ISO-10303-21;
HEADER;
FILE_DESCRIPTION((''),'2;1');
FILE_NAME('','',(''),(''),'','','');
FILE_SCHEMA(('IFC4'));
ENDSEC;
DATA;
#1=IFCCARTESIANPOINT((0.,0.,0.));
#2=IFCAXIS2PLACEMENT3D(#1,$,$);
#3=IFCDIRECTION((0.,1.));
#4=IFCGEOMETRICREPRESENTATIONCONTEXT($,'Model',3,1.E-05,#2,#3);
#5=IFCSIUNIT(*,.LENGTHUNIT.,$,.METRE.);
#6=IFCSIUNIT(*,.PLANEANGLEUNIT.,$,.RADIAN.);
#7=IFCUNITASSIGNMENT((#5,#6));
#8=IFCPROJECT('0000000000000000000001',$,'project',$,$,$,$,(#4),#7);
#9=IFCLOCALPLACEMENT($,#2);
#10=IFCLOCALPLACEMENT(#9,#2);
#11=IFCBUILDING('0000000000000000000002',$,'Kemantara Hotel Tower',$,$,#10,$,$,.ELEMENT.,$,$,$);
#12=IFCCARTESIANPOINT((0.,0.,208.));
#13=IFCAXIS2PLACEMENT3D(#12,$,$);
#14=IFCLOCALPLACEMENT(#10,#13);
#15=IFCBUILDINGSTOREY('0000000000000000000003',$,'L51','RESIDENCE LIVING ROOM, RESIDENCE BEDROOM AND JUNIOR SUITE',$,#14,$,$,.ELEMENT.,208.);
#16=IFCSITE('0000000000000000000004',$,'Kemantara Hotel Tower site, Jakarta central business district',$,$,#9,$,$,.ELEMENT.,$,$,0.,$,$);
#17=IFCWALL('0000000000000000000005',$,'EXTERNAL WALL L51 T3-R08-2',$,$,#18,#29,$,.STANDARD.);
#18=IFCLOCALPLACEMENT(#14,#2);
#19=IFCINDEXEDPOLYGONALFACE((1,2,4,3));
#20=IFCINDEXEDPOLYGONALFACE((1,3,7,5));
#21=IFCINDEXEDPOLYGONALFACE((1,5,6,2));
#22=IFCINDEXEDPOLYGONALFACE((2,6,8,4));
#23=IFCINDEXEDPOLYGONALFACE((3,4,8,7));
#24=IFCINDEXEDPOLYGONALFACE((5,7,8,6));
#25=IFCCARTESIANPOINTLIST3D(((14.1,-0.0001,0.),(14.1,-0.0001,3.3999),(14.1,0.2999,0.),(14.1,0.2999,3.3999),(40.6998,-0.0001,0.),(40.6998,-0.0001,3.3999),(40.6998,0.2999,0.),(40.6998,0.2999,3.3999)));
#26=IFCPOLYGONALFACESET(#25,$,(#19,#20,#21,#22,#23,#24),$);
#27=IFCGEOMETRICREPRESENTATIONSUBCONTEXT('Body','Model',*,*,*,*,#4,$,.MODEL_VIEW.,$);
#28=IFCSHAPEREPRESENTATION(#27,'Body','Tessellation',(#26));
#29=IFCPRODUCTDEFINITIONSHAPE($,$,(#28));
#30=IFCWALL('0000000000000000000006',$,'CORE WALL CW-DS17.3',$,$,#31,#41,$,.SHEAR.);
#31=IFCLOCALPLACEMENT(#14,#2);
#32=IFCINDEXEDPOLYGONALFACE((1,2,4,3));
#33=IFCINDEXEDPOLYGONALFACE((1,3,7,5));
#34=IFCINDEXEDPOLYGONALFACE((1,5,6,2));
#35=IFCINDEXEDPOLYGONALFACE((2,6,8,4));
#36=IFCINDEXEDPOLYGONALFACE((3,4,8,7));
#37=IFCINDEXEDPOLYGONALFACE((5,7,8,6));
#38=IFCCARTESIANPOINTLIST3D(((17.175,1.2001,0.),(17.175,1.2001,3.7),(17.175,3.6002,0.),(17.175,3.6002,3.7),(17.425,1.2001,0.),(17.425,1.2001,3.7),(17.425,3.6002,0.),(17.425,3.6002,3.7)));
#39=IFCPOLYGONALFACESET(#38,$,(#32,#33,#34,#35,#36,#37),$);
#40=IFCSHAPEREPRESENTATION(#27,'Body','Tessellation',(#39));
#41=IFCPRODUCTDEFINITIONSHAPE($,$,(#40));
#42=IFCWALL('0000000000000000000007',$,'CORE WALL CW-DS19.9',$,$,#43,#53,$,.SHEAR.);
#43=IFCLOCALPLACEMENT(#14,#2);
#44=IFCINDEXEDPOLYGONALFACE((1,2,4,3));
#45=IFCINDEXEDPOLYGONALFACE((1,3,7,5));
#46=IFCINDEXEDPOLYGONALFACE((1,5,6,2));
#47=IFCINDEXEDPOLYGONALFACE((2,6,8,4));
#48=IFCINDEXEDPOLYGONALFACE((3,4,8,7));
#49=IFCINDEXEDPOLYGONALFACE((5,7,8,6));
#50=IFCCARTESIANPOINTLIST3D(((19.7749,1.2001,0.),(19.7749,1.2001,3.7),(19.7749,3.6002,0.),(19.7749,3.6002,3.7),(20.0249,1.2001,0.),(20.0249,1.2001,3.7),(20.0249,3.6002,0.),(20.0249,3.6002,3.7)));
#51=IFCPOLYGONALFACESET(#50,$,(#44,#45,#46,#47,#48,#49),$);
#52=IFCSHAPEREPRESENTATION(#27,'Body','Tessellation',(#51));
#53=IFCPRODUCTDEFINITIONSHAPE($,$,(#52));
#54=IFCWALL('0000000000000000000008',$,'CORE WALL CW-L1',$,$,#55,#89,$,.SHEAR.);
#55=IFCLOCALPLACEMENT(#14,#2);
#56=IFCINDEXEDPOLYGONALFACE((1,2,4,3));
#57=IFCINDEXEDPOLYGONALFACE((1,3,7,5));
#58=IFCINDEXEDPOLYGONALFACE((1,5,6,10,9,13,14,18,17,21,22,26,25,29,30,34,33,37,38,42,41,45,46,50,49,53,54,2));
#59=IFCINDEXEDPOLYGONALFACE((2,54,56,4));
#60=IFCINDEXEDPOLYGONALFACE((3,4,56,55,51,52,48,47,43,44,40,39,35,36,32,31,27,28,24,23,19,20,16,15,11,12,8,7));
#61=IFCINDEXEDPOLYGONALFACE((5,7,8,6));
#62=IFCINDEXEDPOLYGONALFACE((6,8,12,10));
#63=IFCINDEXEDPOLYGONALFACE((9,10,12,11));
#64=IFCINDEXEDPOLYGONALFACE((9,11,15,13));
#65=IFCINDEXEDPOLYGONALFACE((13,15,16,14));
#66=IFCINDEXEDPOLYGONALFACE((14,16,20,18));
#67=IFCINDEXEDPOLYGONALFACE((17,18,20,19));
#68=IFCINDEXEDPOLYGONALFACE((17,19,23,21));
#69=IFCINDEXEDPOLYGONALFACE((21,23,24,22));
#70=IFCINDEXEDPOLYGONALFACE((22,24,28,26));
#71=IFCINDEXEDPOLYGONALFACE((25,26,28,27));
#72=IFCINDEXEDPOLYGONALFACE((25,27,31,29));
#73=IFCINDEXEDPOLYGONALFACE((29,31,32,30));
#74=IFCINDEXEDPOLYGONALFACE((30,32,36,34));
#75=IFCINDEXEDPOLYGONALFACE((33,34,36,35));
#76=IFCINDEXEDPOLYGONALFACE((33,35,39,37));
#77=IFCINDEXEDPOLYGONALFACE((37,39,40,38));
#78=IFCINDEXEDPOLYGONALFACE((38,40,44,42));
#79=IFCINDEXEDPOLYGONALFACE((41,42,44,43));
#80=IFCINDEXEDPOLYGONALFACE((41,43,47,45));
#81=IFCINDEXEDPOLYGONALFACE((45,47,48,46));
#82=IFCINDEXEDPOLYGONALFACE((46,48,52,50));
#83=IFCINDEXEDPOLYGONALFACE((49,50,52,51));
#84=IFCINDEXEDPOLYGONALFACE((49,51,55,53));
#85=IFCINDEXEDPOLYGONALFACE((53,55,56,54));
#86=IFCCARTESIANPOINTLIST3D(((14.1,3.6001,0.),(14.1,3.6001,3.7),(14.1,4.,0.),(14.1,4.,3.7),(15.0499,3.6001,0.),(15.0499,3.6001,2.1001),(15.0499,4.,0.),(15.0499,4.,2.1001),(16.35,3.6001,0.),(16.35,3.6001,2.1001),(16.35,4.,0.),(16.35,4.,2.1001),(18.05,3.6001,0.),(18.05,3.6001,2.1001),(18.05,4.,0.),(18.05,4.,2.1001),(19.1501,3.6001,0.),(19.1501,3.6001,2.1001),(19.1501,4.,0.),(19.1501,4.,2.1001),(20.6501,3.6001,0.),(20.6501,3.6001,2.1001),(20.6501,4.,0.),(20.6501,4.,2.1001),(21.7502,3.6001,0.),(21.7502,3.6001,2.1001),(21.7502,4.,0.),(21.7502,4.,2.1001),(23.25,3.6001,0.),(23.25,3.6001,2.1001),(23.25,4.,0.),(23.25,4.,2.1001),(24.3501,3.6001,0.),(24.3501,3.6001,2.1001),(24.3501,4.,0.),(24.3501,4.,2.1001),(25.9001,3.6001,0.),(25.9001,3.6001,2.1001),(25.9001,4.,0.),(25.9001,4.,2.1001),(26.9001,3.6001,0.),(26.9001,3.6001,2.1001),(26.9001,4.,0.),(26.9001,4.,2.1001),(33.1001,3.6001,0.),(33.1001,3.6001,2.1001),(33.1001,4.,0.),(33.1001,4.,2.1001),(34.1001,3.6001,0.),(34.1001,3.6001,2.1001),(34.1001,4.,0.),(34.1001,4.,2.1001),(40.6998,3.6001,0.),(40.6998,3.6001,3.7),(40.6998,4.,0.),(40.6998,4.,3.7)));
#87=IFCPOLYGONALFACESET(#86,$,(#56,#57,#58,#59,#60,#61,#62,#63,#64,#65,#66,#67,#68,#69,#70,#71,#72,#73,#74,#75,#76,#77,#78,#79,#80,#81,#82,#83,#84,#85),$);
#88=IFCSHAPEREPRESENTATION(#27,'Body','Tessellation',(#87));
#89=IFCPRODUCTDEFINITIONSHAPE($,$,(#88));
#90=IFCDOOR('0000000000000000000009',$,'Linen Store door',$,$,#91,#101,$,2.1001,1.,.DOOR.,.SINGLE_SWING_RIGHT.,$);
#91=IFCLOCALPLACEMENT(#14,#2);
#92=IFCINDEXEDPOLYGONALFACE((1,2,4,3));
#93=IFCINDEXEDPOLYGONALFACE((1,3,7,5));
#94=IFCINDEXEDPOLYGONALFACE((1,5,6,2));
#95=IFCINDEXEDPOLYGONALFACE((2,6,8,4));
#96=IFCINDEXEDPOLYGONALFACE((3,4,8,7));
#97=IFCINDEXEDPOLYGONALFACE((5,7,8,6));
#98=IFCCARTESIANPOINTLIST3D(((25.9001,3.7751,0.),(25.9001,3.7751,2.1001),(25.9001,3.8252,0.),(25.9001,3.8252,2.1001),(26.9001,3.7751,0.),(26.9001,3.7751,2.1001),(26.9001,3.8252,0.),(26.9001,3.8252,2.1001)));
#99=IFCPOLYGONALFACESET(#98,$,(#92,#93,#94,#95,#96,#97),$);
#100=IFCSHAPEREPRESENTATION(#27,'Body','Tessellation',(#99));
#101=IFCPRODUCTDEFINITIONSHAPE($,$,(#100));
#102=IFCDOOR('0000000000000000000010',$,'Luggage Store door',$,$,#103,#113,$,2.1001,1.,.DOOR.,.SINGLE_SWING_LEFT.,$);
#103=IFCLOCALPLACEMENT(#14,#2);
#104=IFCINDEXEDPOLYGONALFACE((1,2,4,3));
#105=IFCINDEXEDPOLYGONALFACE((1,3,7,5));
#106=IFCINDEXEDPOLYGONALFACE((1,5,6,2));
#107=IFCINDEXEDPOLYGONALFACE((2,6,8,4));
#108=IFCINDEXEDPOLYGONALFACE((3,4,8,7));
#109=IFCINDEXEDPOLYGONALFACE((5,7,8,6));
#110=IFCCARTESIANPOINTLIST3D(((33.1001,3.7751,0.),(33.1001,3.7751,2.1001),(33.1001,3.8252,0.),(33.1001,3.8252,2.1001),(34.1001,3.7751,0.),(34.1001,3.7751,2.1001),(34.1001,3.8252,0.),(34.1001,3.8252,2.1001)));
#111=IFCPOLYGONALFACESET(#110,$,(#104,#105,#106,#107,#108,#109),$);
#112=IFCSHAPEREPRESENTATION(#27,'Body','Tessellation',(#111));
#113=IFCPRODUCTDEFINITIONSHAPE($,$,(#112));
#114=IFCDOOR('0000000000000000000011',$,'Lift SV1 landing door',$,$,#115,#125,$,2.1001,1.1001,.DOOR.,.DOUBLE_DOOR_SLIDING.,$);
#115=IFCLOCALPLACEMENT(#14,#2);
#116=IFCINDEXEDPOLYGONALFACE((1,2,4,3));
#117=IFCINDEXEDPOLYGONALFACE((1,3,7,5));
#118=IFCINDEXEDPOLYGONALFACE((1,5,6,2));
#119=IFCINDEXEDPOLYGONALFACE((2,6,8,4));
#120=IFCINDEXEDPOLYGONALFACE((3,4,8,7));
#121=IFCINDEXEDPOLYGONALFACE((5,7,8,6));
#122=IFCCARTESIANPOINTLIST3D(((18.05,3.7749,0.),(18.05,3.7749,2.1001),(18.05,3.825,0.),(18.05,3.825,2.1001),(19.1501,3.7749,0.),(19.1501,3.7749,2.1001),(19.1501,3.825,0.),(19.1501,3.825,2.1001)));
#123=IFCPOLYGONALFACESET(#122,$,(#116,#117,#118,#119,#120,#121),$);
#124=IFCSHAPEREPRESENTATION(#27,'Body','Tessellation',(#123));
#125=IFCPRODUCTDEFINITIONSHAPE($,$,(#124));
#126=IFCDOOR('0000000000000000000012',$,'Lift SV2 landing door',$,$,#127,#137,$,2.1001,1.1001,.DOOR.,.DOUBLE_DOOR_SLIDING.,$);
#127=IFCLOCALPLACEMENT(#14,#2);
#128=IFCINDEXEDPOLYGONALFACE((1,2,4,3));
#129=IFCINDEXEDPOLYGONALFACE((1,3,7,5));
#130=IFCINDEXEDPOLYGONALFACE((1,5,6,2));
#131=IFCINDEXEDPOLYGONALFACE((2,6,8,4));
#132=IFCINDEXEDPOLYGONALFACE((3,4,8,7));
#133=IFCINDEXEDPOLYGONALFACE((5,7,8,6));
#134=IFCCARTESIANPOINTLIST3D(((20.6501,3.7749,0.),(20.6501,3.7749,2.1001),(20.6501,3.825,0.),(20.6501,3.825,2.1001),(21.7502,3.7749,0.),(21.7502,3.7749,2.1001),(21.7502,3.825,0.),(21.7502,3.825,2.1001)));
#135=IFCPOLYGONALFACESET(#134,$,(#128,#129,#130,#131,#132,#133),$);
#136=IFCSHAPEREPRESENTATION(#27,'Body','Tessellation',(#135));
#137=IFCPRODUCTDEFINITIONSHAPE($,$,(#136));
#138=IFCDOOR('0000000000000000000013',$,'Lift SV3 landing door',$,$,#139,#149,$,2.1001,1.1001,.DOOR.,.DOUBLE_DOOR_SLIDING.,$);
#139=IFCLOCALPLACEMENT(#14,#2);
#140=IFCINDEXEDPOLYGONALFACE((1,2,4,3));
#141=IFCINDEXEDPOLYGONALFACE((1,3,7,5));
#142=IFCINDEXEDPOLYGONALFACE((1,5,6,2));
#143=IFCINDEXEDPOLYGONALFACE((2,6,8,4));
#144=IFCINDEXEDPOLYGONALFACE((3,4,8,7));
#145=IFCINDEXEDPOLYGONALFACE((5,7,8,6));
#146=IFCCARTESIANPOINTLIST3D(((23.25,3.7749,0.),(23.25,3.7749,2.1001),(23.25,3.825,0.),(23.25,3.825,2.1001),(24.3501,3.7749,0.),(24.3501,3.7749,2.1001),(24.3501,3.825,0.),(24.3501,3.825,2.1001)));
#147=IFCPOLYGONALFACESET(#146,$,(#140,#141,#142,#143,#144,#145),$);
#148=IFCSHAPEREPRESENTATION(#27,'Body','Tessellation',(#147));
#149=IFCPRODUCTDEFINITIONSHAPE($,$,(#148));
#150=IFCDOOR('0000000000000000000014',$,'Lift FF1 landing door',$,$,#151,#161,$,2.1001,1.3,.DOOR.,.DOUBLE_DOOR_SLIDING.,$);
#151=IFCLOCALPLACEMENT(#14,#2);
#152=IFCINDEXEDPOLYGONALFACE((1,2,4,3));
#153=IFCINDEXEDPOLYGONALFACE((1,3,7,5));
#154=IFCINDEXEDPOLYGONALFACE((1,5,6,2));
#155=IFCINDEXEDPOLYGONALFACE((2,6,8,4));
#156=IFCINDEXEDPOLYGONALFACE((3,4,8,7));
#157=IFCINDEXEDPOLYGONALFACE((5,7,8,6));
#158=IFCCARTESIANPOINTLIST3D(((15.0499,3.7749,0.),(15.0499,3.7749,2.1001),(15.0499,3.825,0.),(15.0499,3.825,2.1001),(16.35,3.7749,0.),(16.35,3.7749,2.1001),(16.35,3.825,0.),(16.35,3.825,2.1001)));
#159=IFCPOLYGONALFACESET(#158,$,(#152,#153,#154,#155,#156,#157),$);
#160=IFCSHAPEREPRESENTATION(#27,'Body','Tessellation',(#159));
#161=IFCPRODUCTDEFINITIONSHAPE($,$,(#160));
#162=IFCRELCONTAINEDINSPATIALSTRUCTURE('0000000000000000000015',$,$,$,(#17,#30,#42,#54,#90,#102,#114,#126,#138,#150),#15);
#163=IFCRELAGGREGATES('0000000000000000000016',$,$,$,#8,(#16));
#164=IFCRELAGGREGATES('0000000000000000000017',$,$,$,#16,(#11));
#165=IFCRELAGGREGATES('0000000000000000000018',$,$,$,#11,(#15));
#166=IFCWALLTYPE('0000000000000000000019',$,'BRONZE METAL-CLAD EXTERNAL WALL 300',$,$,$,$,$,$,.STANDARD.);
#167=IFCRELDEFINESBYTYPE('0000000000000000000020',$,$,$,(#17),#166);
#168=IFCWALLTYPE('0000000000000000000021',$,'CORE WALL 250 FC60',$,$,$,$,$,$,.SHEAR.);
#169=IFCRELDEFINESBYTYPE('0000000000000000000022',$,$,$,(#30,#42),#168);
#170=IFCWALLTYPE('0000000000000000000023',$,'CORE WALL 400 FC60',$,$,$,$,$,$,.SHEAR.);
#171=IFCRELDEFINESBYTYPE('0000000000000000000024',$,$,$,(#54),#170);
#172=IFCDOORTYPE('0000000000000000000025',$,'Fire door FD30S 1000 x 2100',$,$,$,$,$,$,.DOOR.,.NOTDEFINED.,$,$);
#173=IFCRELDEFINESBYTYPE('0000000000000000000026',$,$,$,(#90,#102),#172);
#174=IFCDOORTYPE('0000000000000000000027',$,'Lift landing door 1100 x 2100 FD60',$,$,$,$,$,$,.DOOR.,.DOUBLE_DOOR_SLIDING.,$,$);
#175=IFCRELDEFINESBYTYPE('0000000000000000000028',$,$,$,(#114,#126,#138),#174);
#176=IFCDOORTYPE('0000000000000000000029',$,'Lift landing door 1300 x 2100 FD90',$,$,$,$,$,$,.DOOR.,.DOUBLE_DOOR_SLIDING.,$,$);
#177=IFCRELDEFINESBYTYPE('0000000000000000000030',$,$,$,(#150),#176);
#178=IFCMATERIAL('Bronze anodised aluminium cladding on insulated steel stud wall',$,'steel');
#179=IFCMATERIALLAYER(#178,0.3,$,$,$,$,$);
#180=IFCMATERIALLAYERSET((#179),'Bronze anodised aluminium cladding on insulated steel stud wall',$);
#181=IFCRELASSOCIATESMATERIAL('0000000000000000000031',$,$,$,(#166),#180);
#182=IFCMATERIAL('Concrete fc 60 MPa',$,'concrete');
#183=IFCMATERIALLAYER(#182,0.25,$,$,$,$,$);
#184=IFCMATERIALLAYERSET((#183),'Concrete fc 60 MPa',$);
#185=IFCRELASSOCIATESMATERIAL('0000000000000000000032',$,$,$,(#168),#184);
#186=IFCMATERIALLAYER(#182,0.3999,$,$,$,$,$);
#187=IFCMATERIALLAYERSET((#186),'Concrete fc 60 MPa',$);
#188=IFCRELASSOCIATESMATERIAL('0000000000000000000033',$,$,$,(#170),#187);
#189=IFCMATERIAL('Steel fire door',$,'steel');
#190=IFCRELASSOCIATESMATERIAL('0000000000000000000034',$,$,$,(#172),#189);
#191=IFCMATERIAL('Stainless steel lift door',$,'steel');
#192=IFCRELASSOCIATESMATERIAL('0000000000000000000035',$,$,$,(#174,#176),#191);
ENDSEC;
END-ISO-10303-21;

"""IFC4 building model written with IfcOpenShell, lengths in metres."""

from ifc_helpers import new_model, si_unit, direction, frame, frame_2d, origin, place, context, subcontext, project, spatial, rectangle, extrude, material, layer, layer_set, type_object, element, fill, save


model = new_model("IFC4")

# Units and contexts
model_context = context("Model", 3, precision=1e-05, world=origin(), true_north=direction((0.0, 1.0)))
body_context = subcontext(model_context, "Body", "Model", "MODEL_VIEW")
ifc_project = project(units=[si_unit("LENGTHUNIT", "METRE"), si_unit("PLANEANGLEUNIT", "RADIAN")], contexts=[model_context])

# Site, building, storey
site_placement = place(None, origin())
site = spatial("IfcSite", under=ifc_project, at=site_placement, Name="Kemantara Hotel Tower site, Jakarta central business district", CompositionType="ELEMENT", RefElevation=0.0)
building_placement = place(site_placement, origin())
building = spatial("IfcBuilding", under=site, at=building_placement, Name="Kemantara Hotel Tower", CompositionType="ELEMENT")
storey_placement = place(building_placement, frame((0.0, 0.0, 208.0)))
storey = spatial("IfcBuildingStorey", under=building, at=storey_placement, Name="L51", Description="RESIDENCE LIVING ROOM, RESIDENCE BEDROOM AND JUNIOR SUITE", CompositionType="ELEMENT", Elevation=208.0)

# Walls
ifc_material_1 = material(Name="Bronze anodised aluminium cladding on insulated steel stud wall", Category="steel")
ifc_layer_1 = layer(ifc_material_1, 0.3)
ifc_layer_set_1 = layer_set([ifc_layer_1], Name="Bronze anodised aluminium cladding on insulated steel stud wall")
wall_type_1 = type_object("IfcWallType", Name="BRONZE METAL-CLAD EXTERNAL WALL 300", PredefinedType="STANDARD", material=ifc_layer_set_1)
wall_1_placement = place(storey_placement, frame((14.1001, 0.1499, 0.0), z_axis=(0.0, 0.0, 1.0), x_axis=(1.0, 0.0, 0.0)))
element("IfcWall", 1, at=wall_1_placement, inside=storey, type_object=wall_type_1, Name="EXTERNAL WALL L51 T3-R08-2", PredefinedType="STANDARD", context=body_context, shape_type="SweptSolid", body=[
    extrude(rectangle(XDim=26.5999, YDim=0.3, at=frame_2d((13.2998, 0.0))), origin(), (0.0, 0.0, 1.0), 3.3999),
])
ifc_material_2 = material(Name="Concrete fc 60 MPa", Category="concrete")
ifc_layer_2 = layer(ifc_material_2, 0.25)
ifc_layer_set_2 = layer_set([ifc_layer_2], Name="Concrete fc 60 MPa")
wall_type_2 = type_object("IfcWallType", Name="CORE WALL 250 FC60", PredefinedType="SHEAR", material=ifc_layer_set_2)
for number, where, z_axis, x_axis, name in (
    (2, (17.3, 1.2, 0.0), (0.0, 0.0, 1.0), (0.0, 1.0, 0.0), "CORE WALL CW-DS17.3"),
    (3, (19.8999, 1.2, 0.0), (0.0, 0.0, 1.0), (0.0, 1.0, 0.0), "CORE WALL CW-DS19.9"),
):
    element("IfcWall", number, at=place(storey_placement, frame(where, z_axis=z_axis, x_axis=x_axis)), inside=storey, type_object=wall_type_2, Name=name, PredefinedType="SHEAR", context=body_context, shape_type="SweptSolid", body=[
        extrude(rectangle(XDim=2.4001, YDim=0.25, at=frame_2d((1.2002, 0.0))), origin(), (0.0, 0.0, 1.0), 3.7),
    ])

# Wall, openings, doors
ifc_layer_3 = layer(ifc_material_2, 0.3999)
ifc_layer_set_3 = layer_set([ifc_layer_3], Name="Concrete fc 60 MPa")
wall_type_3 = type_object("IfcWallType", Name="CORE WALL 400 FC60", PredefinedType="SHEAR", material=ifc_layer_set_3)
wall_2_placement = place(storey_placement, frame((14.1001, 3.8, 0.0), z_axis=(0.0, 0.0, 1.0), x_axis=(1.0, 0.0, 0.0)))
wall_2 = element("IfcWall", 4, at=wall_2_placement, inside=storey, type_object=wall_type_3, Name="CORE WALL CW-L1", PredefinedType="SHEAR", context=body_context, shape_type="SweptSolid", body=[
    extrude(rectangle(XDim=26.5999, YDim=0.3999, at=frame_2d((13.2998, 0.0))), origin(), (0.0, 0.0, 1.0), 3.7),
])
opening_1_placement = place(wall_2_placement, frame((0.95, 0.0, 0.0)))
opening_1 = element("IfcOpeningElement", 5, at=opening_1_placement, cuts=wall_2, PredefinedType="OPENING", context=body_context, shape_type="SweptSolid", body=[
    extrude(rectangle(XDim=1.3, YDim=2.1001, at=frame_2d((0.6499, 1.05))), frame((0.0, 0.21, 0.0), z_axis=(0.0, -1.0, 0.0), x_axis=(1.0, 0.0, 0.0)), (0.0, 0.0, 1.0), 0.4199),
])
opening_2_placement = place(wall_2_placement, frame((3.95, 0.0, 0.0)))
opening_2 = element("IfcOpeningElement", 6, at=opening_2_placement, cuts=wall_2, PredefinedType="OPENING", context=body_context, shape_type="SweptSolid", body=[
    extrude(rectangle(XDim=1.1001, YDim=2.1001, at=frame_2d((0.55, 1.05))), frame((0.0, 0.21, 0.0), z_axis=(0.0, -1.0, 0.0), x_axis=(1.0, 0.0, 0.0)), (0.0, 0.0, 1.0), 0.4199),
])
opening_3_placement = place(wall_2_placement, frame((6.55, 0.0, 0.0)))
opening_3 = element("IfcOpeningElement", 7, at=opening_3_placement, cuts=wall_2, PredefinedType="OPENING", context=body_context, shape_type="SweptSolid", body=[
    extrude(rectangle(XDim=1.1001, YDim=2.1001, at=frame_2d((0.55, 1.05))), frame((0.0, 0.21, 0.0), z_axis=(0.0, -1.0, 0.0), x_axis=(1.0, 0.0, 0.0)), (0.0, 0.0, 1.0), 0.4199),
])
opening_4_placement = place(wall_2_placement, frame((9.1499, 0.0, 0.0)))
opening_4 = element("IfcOpeningElement", 8, at=opening_4_placement, cuts=wall_2, PredefinedType="OPENING", context=body_context, shape_type="SweptSolid", body=[
    extrude(rectangle(XDim=1.1001, YDim=2.1001, at=frame_2d((0.55, 1.05))), frame((0.0, 0.21, 0.0), z_axis=(0.0, -1.0, 0.0), x_axis=(1.0, 0.0, 0.0)), (0.0, 0.0, 1.0), 0.4199),
])
opening_5_placement = place(wall_2_placement, frame((11.8, 0.0, 0.0)))
opening_5 = element("IfcOpeningElement", 9, at=opening_5_placement, cuts=wall_2, PredefinedType="OPENING", context=body_context, shape_type="SweptSolid", body=[
    extrude(rectangle(XDim=1.0, YDim=2.1001, at=frame_2d((0.5, 1.05))), frame((0.0, 0.21, 0.0), z_axis=(0.0, -1.0, 0.0), x_axis=(1.0, 0.0, 0.0)), (0.0, 0.0, 1.0), 0.4199),
])
opening_6_placement = place(wall_2_placement, frame((19.0, 0.0, 0.0)))
opening_6 = element("IfcOpeningElement", 10, at=opening_6_placement, cuts=wall_2, PredefinedType="OPENING", context=body_context, shape_type="SweptSolid", body=[
    extrude(rectangle(XDim=1.0, YDim=2.1001, at=frame_2d((0.5, 1.05))), frame((0.0, 0.21, 0.0), z_axis=(0.0, -1.0, 0.0), x_axis=(1.0, 0.0, 0.0)), (0.0, 0.0, 1.0), 0.4199),
])
ifc_material_3 = material(Name="Steel fire door", Category="steel")
door_type_1 = type_object("IfcDoorType", Name="Fire door FD30S 1000 x 2100", OperationType="NOTDEFINED", PredefinedType="DOOR", material=ifc_material_3)
door_1_placement = place(opening_5_placement, frame((1.0, 0.0, 0.0), z_axis=(0.0, 0.0, 1.0), x_axis=(-1.0, 0.0, 0.0)))
door_1 = element("IfcDoor", 11, at=door_1_placement, inside=storey, type_object=door_type_1, Name="Linen Store door", OperationType="SINGLE_SWING_RIGHT", OverallHeight=2.1001, OverallWidth=1.0, PredefinedType="DOOR", context=body_context, shape_type="SweptSolid", body=[
    extrude(rectangle(XDim=1.0, YDim=2.1001, at=frame_2d((0.5, 1.05))), frame((0.0, 0.0249, 0.0), z_axis=(0.0, -1.0, 0.0), x_axis=(1.0, 0.0, 0.0)), (0.0, 0.0, 1.0), 0.05),
])
fill(opening_5, door_1)
door_2_placement = place(opening_6_placement, frame((1.0, 0.0, 0.0), z_axis=(0.0, 0.0, 1.0), x_axis=(-1.0, 0.0, 0.0)))
door_2 = element("IfcDoor", 12, at=door_2_placement, inside=storey, type_object=door_type_1, Name="Luggage Store door", OperationType="SINGLE_SWING_LEFT", OverallHeight=2.1001, OverallWidth=1.0, PredefinedType="DOOR", context=body_context, shape_type="SweptSolid", body=[
    extrude(rectangle(XDim=1.0, YDim=2.1001, at=frame_2d((0.5, 1.05))), frame((0.0, 0.0249, 0.0), z_axis=(0.0, -1.0, 0.0), x_axis=(1.0, 0.0, 0.0)), (0.0, 0.0, 1.0), 0.05),
])
fill(opening_6, door_2)
ifc_material_4 = material(Name="Stainless steel lift door", Category="steel")
door_type_2 = type_object("IfcDoorType", Name="Lift landing door 1100 x 2100 FD60", OperationType="DOUBLE_DOOR_SLIDING", PredefinedType="DOOR", material=ifc_material_4)
door_3_placement = place(opening_2_placement, origin())
door_3 = element("IfcDoor", 13, at=door_3_placement, inside=storey, type_object=door_type_2, Name="Lift SV1 landing door", OperationType="DOUBLE_DOOR_SLIDING", OverallHeight=2.1001, OverallWidth=1.1001, PredefinedType="DOOR", context=body_context, shape_type="SweptSolid", body=[
    extrude(rectangle(XDim=1.1001, YDim=2.1001, at=frame_2d((0.55, 1.05))), frame((0.0, 0.0249, 0.0), z_axis=(0.0, -1.0, 0.0), x_axis=(1.0, 0.0, 0.0)), (0.0, 0.0, 1.0), 0.05),
])
fill(opening_2, door_3)
door_4_placement = place(opening_3_placement, origin())
door_4 = element("IfcDoor", 14, at=door_4_placement, inside=storey, type_object=door_type_2, Name="Lift SV2 landing door", OperationType="DOUBLE_DOOR_SLIDING", OverallHeight=2.1001, OverallWidth=1.1001, PredefinedType="DOOR", context=body_context, shape_type="SweptSolid", body=[
    extrude(rectangle(XDim=1.1001, YDim=2.1001, at=frame_2d((0.55, 1.05))), frame((0.0, 0.0249, 0.0), z_axis=(0.0, -1.0, 0.0), x_axis=(1.0, 0.0, 0.0)), (0.0, 0.0, 1.0), 0.05),
])
fill(opening_3, door_4)
door_5_placement = place(opening_4_placement, origin())
door_5 = element("IfcDoor", 15, at=door_5_placement, inside=storey, type_object=door_type_2, Name="Lift SV3 landing door", OperationType="DOUBLE_DOOR_SLIDING", OverallHeight=2.1001, OverallWidth=1.1001, PredefinedType="DOOR", context=body_context, shape_type="SweptSolid", body=[
    extrude(rectangle(XDim=1.1001, YDim=2.1001, at=frame_2d((0.55, 1.05))), frame((0.0, 0.0249, 0.0), z_axis=(0.0, -1.0, 0.0), x_axis=(1.0, 0.0, 0.0)), (0.0, 0.0, 1.0), 0.05),
])
fill(opening_4, door_5)
door_type_3 = type_object("IfcDoorType", Name="Lift landing door 1300 x 2100 FD90", OperationType="DOUBLE_DOOR_SLIDING", PredefinedType="DOOR", material=ifc_material_4)
door_6_placement = place(opening_1_placement, origin())
door_6 = element("IfcDoor", 16, at=door_6_placement, inside=storey, type_object=door_type_3, Name="Lift FF1 landing door", OperationType="DOUBLE_DOOR_SLIDING", OverallHeight=2.1001, OverallWidth=1.3, PredefinedType="DOOR", context=body_context, shape_type="SweptSolid", body=[
    extrude(rectangle(XDim=1.3, YDim=2.1001, at=frame_2d((0.6499, 1.05))), frame((0.0, 0.0249, 0.0), z_axis=(0.0, -1.0, 0.0), x_axis=(1.0, 0.0, 0.0)), (0.0, 0.0, 1.0), 0.05),
])
fill(opening_1, door_6)

save(model, "model.ifc")
